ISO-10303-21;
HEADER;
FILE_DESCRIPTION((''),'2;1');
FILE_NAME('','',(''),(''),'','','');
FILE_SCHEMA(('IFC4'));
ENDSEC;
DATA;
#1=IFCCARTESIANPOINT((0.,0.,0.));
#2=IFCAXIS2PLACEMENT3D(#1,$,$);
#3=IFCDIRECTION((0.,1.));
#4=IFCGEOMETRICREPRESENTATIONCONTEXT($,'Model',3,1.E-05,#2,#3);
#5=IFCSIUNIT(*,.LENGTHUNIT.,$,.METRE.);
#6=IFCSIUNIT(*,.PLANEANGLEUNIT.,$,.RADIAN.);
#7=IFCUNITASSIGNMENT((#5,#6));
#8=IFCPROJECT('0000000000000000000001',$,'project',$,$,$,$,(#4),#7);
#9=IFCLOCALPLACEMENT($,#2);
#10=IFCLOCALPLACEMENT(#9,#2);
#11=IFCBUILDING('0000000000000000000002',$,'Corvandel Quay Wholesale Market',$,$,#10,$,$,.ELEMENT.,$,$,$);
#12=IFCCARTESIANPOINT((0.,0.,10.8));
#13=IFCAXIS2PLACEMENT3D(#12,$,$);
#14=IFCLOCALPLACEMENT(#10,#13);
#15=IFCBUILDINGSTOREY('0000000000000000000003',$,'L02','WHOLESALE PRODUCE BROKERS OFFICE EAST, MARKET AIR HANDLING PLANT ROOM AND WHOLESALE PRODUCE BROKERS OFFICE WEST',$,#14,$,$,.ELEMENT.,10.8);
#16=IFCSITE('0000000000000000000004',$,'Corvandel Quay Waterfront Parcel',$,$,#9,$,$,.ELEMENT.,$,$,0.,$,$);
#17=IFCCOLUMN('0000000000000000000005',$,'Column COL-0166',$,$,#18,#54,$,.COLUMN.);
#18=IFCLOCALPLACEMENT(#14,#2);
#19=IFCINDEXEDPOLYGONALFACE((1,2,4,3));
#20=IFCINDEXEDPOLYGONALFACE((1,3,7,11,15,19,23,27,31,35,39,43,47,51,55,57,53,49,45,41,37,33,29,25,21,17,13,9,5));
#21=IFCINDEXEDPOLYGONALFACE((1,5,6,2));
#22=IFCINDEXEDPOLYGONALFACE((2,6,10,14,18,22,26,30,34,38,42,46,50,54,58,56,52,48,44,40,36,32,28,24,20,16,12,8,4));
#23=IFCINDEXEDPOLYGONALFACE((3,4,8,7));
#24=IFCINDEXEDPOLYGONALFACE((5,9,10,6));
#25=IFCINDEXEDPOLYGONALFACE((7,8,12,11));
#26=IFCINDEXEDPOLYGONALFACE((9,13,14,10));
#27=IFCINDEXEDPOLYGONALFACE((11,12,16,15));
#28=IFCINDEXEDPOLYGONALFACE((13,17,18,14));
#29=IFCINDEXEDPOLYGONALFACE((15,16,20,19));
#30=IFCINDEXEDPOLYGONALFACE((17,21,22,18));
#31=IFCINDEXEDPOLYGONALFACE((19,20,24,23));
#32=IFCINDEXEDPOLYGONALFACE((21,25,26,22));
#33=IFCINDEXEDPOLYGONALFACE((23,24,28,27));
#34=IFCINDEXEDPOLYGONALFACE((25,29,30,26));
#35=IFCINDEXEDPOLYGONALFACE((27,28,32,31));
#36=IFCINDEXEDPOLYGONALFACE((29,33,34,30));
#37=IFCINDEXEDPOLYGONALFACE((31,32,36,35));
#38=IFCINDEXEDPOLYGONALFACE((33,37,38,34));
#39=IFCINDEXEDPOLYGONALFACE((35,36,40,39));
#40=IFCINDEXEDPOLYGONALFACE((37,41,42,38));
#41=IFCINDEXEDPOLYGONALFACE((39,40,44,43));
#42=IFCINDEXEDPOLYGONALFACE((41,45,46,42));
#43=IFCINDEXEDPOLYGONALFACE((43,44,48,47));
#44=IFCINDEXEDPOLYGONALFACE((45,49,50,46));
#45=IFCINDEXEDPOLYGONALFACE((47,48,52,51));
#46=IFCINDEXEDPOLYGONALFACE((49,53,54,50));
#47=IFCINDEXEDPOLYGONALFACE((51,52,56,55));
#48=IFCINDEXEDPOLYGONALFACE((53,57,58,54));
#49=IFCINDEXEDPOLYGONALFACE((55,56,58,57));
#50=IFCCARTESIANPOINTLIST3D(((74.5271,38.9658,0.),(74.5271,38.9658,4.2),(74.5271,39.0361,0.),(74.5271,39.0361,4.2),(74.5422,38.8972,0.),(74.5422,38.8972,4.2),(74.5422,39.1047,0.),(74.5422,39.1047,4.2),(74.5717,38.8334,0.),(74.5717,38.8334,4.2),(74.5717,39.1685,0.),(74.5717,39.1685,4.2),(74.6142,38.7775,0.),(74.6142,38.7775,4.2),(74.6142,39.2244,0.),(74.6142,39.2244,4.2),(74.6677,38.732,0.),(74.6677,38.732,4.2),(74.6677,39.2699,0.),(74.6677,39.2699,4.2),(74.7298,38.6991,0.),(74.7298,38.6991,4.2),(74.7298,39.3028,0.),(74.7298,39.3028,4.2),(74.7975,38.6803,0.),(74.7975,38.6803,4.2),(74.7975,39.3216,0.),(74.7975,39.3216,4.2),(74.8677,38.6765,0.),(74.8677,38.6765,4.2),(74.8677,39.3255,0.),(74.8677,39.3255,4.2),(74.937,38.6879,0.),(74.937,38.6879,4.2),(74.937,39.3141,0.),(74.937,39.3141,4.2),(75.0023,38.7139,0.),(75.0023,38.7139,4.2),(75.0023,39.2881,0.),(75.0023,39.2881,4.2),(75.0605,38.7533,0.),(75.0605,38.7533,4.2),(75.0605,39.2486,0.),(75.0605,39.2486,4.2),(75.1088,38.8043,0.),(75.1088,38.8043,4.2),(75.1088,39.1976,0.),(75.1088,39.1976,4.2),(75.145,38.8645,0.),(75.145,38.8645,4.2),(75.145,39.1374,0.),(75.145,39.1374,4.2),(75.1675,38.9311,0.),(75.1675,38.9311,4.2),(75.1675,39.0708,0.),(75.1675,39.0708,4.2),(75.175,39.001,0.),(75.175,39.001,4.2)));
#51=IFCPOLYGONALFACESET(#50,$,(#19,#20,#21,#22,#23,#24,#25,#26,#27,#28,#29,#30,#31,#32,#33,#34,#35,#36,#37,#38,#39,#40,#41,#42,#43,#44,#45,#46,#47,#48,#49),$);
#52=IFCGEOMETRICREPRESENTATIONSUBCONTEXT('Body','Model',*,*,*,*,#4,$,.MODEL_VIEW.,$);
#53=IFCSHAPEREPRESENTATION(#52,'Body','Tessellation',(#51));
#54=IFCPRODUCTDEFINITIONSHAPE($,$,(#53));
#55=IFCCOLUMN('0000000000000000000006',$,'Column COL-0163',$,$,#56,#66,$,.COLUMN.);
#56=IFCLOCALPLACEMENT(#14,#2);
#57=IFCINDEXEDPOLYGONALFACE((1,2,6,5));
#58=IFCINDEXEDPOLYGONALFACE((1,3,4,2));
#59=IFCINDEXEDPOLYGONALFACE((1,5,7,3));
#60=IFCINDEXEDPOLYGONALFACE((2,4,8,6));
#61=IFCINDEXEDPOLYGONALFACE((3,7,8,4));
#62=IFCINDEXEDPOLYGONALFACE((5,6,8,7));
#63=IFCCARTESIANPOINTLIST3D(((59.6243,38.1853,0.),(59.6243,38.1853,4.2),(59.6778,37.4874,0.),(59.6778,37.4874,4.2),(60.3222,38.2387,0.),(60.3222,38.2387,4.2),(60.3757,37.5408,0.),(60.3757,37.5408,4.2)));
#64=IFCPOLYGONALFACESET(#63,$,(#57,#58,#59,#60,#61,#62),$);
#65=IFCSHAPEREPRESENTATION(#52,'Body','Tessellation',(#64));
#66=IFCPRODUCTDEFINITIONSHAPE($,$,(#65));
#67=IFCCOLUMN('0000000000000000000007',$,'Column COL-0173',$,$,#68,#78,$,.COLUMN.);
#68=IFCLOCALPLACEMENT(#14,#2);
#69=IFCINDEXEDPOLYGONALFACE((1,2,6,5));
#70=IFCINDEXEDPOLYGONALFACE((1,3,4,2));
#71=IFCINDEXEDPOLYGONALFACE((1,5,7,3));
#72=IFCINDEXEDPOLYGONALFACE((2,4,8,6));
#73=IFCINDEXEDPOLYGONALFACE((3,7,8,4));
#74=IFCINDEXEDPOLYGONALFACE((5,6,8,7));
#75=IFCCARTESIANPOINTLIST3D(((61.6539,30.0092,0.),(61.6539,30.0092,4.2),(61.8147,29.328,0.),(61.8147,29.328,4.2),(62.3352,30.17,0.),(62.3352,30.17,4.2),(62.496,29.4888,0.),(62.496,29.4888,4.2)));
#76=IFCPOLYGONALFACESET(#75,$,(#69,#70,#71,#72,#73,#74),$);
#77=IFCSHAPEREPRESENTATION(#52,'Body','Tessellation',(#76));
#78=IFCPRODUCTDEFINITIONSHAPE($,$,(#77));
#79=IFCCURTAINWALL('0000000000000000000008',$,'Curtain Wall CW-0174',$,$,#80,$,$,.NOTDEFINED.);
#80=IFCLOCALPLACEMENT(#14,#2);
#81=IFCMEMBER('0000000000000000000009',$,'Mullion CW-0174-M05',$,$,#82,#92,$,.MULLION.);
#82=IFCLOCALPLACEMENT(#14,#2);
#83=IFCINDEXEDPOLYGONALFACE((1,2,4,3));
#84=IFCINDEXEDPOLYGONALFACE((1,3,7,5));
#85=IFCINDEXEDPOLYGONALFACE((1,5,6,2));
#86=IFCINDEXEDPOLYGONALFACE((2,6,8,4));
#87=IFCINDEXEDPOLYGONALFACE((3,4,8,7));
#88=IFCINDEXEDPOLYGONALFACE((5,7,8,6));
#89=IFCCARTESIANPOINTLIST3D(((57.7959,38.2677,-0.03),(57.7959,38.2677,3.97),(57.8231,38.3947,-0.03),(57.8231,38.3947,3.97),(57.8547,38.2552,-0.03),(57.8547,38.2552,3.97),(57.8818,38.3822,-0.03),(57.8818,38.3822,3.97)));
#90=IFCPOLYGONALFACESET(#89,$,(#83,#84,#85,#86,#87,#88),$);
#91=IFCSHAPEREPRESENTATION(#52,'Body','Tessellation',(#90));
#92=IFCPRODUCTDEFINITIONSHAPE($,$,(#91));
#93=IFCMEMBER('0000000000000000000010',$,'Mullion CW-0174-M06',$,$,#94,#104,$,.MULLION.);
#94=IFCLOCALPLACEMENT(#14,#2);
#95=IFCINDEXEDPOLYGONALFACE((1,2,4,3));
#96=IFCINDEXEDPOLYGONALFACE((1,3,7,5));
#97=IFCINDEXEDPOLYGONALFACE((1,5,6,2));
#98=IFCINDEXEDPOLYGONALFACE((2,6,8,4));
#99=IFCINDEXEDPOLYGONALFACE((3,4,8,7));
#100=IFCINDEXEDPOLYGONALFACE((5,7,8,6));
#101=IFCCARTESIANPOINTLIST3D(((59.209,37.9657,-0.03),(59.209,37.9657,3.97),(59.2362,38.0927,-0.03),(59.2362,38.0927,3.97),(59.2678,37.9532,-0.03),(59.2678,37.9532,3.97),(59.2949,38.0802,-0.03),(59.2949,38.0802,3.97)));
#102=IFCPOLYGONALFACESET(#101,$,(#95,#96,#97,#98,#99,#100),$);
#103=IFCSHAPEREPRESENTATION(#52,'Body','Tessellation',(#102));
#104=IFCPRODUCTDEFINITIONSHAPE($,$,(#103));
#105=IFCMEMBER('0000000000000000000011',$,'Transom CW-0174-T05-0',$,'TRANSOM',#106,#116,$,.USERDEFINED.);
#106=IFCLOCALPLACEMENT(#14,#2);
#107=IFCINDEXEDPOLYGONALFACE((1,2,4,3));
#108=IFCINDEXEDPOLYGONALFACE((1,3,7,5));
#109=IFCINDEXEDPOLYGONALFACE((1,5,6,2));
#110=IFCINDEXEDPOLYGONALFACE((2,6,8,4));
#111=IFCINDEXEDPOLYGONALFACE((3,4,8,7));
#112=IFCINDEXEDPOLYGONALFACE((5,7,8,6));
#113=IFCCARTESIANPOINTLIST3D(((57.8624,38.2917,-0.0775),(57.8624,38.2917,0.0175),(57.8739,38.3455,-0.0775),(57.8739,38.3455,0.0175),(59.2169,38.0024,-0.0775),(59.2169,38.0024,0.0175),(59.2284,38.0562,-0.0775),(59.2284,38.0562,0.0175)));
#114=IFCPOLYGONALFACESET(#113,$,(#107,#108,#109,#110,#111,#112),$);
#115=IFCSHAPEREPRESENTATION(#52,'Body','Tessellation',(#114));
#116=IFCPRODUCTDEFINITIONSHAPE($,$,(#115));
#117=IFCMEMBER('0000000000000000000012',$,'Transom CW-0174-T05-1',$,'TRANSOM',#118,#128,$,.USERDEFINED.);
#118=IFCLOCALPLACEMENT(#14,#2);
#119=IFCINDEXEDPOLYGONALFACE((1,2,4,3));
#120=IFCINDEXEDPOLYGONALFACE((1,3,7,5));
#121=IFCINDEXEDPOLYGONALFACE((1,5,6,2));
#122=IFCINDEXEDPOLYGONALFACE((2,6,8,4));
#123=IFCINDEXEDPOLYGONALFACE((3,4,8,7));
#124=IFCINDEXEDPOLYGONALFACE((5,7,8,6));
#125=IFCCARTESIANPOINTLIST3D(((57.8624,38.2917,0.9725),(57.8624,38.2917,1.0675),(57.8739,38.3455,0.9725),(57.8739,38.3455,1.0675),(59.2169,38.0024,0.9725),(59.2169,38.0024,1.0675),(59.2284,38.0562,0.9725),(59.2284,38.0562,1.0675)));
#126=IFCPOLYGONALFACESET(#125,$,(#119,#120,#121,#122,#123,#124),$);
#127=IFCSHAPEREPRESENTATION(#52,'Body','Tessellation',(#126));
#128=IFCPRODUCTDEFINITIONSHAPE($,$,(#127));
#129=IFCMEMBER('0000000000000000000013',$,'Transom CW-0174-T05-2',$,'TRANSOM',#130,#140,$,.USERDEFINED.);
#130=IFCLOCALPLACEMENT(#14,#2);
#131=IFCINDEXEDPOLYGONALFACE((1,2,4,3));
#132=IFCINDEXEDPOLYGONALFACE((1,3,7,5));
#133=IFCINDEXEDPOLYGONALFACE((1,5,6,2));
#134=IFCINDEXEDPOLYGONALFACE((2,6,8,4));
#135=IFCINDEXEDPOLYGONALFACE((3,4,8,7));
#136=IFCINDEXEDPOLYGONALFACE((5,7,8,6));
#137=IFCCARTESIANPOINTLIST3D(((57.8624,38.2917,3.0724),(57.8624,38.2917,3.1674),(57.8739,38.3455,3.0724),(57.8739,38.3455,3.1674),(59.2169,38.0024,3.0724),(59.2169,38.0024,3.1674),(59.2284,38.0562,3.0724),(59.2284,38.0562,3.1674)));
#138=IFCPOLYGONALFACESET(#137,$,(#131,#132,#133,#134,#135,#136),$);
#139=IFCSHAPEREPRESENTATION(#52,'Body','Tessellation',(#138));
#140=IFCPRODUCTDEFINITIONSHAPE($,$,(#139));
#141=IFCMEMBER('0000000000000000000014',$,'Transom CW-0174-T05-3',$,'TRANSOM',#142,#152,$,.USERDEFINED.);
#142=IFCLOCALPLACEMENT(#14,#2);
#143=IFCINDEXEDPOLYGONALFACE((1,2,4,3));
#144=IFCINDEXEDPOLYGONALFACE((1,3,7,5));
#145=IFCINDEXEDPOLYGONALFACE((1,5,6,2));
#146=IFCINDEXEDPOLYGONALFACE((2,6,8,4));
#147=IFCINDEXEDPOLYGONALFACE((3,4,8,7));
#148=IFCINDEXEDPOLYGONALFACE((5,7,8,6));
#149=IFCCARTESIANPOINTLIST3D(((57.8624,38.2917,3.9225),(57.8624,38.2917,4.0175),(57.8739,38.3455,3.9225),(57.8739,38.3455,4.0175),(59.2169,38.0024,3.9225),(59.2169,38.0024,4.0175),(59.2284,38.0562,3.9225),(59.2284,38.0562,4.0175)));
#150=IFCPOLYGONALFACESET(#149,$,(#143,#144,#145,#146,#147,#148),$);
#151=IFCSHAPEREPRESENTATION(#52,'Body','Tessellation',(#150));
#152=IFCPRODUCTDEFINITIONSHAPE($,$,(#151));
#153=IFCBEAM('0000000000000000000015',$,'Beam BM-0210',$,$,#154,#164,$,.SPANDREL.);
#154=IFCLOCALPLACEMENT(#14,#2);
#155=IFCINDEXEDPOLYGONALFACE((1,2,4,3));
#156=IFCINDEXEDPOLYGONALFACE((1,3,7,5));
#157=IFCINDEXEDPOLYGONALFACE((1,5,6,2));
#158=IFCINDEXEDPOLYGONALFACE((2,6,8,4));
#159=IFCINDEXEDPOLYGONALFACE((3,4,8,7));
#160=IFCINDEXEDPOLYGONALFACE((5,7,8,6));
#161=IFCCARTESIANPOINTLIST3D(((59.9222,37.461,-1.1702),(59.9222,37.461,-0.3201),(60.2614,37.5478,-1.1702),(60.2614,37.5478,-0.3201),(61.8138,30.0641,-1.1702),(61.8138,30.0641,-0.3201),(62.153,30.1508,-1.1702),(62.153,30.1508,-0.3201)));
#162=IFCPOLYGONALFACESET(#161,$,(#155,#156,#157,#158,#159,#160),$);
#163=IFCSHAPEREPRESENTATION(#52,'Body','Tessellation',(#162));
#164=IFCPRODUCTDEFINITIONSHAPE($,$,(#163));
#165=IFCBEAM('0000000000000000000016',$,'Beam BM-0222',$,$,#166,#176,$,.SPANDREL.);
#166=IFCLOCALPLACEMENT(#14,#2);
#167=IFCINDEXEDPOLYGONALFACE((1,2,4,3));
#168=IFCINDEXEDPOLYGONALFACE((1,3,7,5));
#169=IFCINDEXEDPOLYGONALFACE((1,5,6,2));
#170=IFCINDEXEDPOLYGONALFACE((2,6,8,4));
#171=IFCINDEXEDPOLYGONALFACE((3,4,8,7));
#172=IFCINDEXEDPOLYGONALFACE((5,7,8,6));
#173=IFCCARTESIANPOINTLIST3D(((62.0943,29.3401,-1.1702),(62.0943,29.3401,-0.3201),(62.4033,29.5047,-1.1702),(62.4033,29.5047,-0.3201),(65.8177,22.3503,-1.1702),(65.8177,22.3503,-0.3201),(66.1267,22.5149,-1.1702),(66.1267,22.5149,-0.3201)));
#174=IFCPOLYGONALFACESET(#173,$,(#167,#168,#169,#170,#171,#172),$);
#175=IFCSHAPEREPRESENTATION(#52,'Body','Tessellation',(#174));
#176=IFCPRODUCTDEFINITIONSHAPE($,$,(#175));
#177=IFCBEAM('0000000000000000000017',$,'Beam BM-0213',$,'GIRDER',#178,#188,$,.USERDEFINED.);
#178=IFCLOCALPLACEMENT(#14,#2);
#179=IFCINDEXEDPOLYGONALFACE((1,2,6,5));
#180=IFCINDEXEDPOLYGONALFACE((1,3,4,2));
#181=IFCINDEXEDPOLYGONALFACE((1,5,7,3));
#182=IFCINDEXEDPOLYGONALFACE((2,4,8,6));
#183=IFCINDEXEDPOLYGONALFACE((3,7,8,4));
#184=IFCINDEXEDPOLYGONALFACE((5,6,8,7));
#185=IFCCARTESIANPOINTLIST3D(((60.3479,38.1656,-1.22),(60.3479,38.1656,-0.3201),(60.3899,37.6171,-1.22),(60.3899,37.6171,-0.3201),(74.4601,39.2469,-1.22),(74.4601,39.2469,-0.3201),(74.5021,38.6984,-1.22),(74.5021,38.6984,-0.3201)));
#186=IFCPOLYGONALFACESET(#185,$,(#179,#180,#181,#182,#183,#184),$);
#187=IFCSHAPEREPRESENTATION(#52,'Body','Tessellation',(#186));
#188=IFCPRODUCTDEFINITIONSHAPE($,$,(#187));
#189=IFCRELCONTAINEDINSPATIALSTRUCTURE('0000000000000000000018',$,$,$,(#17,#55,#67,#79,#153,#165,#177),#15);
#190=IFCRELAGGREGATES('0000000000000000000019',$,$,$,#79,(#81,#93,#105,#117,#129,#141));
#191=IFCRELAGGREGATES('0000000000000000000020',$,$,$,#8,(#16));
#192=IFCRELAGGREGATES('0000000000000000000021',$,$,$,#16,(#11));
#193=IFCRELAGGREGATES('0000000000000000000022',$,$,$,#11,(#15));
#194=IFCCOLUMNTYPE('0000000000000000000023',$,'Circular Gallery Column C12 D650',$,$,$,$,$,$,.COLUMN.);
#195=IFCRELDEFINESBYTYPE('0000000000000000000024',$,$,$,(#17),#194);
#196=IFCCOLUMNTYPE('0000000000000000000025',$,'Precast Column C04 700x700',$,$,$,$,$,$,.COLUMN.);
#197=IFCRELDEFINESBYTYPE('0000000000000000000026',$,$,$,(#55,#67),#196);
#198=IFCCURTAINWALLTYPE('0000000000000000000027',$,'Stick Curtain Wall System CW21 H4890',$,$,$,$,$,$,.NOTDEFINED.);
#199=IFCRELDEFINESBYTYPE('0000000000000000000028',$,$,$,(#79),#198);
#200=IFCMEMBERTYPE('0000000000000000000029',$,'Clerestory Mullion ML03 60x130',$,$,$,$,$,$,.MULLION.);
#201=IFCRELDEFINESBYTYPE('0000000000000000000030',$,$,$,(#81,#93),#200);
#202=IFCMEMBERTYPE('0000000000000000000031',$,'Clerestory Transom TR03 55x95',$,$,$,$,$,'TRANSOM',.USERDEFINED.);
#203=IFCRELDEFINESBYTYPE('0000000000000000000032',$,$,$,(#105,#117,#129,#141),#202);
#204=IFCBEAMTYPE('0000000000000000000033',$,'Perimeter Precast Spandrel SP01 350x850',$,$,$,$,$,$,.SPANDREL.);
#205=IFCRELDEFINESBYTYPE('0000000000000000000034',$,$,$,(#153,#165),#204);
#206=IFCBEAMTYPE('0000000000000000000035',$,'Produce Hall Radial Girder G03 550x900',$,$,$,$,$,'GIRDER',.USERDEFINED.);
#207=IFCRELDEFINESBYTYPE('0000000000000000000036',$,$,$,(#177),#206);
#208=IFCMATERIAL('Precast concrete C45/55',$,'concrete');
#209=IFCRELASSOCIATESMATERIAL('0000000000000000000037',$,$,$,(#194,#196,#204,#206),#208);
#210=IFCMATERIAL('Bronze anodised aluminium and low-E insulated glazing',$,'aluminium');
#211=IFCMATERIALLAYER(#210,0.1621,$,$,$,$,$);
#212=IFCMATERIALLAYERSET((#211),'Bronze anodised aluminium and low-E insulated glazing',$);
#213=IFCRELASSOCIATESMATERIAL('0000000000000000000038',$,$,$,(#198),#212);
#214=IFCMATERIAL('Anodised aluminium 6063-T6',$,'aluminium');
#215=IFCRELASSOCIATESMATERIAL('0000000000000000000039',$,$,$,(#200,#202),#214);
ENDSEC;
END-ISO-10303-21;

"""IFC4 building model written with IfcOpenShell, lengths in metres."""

from ifc_helpers import new_model, si_unit, direction, frame, origin, origin_2d, place, context, subcontext, project, spatial, rectangle, circle, extrude, material, layer, layer_set, material_profile, profile_set, type_object, element, aggregate, save


model = new_model("IFC4")

# Units and contexts
model_context = context("Model", 3, precision=1e-05, world=origin(), true_north=direction((0.0, 1.0)))
body_context = subcontext(model_context, "Body", "Model", "MODEL_VIEW")
ifc_project = project(units=[si_unit("LENGTHUNIT", "METRE"), si_unit("PLANEANGLEUNIT", "RADIAN")], contexts=[model_context])

# Site, building, storey
site_placement = place(None, origin())
site = spatial("IfcSite", under=ifc_project, at=site_placement, Name="Corvandel Quay Waterfront Parcel", CompositionType="ELEMENT", RefElevation=0.0)
building_placement = place(site_placement, origin())
building = spatial("IfcBuilding", under=site, at=building_placement, Name="Corvandel Quay Wholesale Market", CompositionType="ELEMENT")
storey_placement = place(building_placement, frame((0.0, 0.0, 10.8)))
storey = spatial("IfcBuildingStorey", under=building, at=storey_placement, Name="L02", Description="WHOLESALE PRODUCE BROKERS OFFICE EAST, MARKET AIR HANDLING PLANT ROOM AND WHOLESALE PRODUCE BROKERS OFFICE WEST", CompositionType="ELEMENT", Elevation=10.8)

# Columns
ifc_material_1 = material(Name="Precast concrete C45/55", Category="concrete")
ifc_material_profile_1 = material_profile(ifc_material_1, circle(Radius=0.325, at=origin_2d()), Name="PC-COL-D650")
ifc_profile_set_1 = profile_set([ifc_material_profile_1], Name="Precast concrete C45/55")
column_type_1 = type_object("IfcColumnType", Name="Circular Gallery Column C12 D650", PredefinedType="COLUMN", material=ifc_profile_set_1)
column_placement = place(storey_placement, frame((74.8501, 39.001, 0.0), z_axis=(0.0, 0.0, 1.0), x_axis=(1.0, 0.0, 0.0)))
element("IfcColumn", 1, at=column_placement, inside=storey, type_object=column_type_1, Name="Column COL-0166", PredefinedType="COLUMN", context=body_context, shape_type="SweptSolid", body=[
    extrude(circle(Radius=0.325, at=origin_2d()), origin(), (0.0, 0.0, 1.0), 4.2),
])
ifc_material_profile_2 = material_profile(ifc_material_1, rectangle(XDim=0.7, YDim=0.7, at=origin_2d()), Name="PC-COL-700x700")
ifc_profile_set_2 = profile_set([ifc_material_profile_2], Name="Precast concrete C45/55")
column_type_2 = type_object("IfcColumnType", Name="Precast Column C04 700x700", PredefinedType="COLUMN", material=ifc_profile_set_2)
for number, where, z_axis, x_axis, name in (
    (2, (60.0, 37.863, 0.0), (0.0, 0.0, 1.0), (-0.076371, 0.997079, 0.0), "Column COL-0163"),
    (3, (62.075, 29.749, 0.0), (0.0, 0.0, 1.0), (-0.22971, 0.973259, 0.0), "Column COL-0173"),
):
    element("IfcColumn", number, at=place(storey_placement, frame(where, z_axis=z_axis, x_axis=x_axis)), inside=storey, type_object=column_type_2, Name=name, PredefinedType="COLUMN", context=body_context, shape_type="SweptSolid", body=[
        extrude(rectangle(XDim=0.7, YDim=0.7, at=origin_2d()), origin(), (0.0, 0.0, 1.0), 4.2),
    ])

# Curtain wall, members
ifc_material_2 = material(Name="Bronze anodised aluminium and low-E insulated glazing", Category="aluminium")
ifc_layer_1 = layer(ifc_material_2, 0.1621)
ifc_layer_set_1 = layer_set([ifc_layer_1], Name="Bronze anodised aluminium and low-E insulated glazing")
curtain_wall_type = type_object("IfcCurtainWallType", Name="Stick Curtain Wall System CW21 H4890", PredefinedType="NOTDEFINED", material=ifc_layer_set_1)
curtain_wall_placement = place(storey_placement, origin())
curtain_wall = element("IfcCurtainWall", 4, at=curtain_wall_placement, inside=storey, type_object=curtain_wall_type, Name="Curtain Wall CW-0174", PredefinedType="NOTDEFINED")
ifc_material_3 = material(Name="Anodised aluminium 6063-T6", Category="aluminium")
ifc_material_profile_3 = material_profile(ifc_material_3, rectangle(XDim=0.0601, YDim=0.1299, at=origin_2d()), Name="ALU-MUL-60x130")
ifc_profile_set_3 = profile_set([ifc_material_profile_3], Name="Anodised aluminium 6063-T6")
member_type_1 = type_object("IfcMemberType", Name="Clerestory Mullion ML03 60x130", PredefinedType="MULLION", material=ifc_profile_set_3)
member_1_placement = place(storey_placement, frame((57.8389, 38.325, -0.03), z_axis=(0.0, 0.0, 1.0), x_axis=(-0.977929, 0.208936, 0.0)))
member_1 = element("IfcMember", 5, at=member_1_placement, type_object=member_type_1, Name="Mullion CW-0174-M05", PredefinedType="MULLION", context=body_context, shape_type="SweptSolid", body=[
    extrude(rectangle(XDim=0.0601, YDim=0.1299, at=origin_2d()), origin(), (0.0, 0.0, 1.0), 4.0),
])
member_2_placement = place(storey_placement, frame((59.252, 38.0229, -0.03), z_axis=(0.0, 0.0, 1.0), x_axis=(-0.977929, 0.208936, 0.0)))
member_2 = element("IfcMember", 6, at=member_2_placement, type_object=member_type_1, Name="Mullion CW-0174-M06", PredefinedType="MULLION", context=body_context, shape_type="SweptSolid", body=[
    extrude(rectangle(XDim=0.0601, YDim=0.1299, at=origin_2d()), origin(), (0.0, 0.0, 1.0), 4.0),
])
ifc_material_profile_4 = material_profile(ifc_material_3, rectangle(XDim=0.0549, YDim=0.095, at=origin_2d()), Name="ALU-TRN-55x95")
ifc_profile_set_4 = profile_set([ifc_material_profile_4], Name="Anodised aluminium 6063-T6")
member_type_2 = type_object("IfcMemberType", Name="Clerestory Transom TR03 55x95", ElementType="TRANSOM", PredefinedType="USERDEFINED", material=ifc_profile_set_4)
member_3_placement = place(storey_placement, frame((57.8682, 38.3186, -0.03), z_axis=(0.977941, -0.208879, 0.0), x_axis=(0.208879, 0.977941, 0.0)))
member_3 = element("IfcMember", 7, at=member_3_placement, type_object=member_type_2, Name="Transom CW-0174-T05-0", ObjectType="TRANSOM", PredefinedType="USERDEFINED", context=body_context, shape_type="SweptSolid", body=[
    extrude(rectangle(XDim=0.0549, YDim=0.095, at=origin_2d()), origin(), (0.0, 0.0, 1.0), 1.385),
])
member_4_placement = place(storey_placement, frame((57.8682, 38.3186, 1.02), z_axis=(0.977941, -0.208879, 0.0), x_axis=(0.208879, 0.977941, 0.0)))
member_4 = element("IfcMember", 8, at=member_4_placement, type_object=member_type_2, Name="Transom CW-0174-T05-1", ObjectType="TRANSOM", PredefinedType="USERDEFINED", context=body_context, shape_type="SweptSolid", body=[
    extrude(rectangle(XDim=0.0549, YDim=0.095, at=origin_2d()), origin(), (0.0, 0.0, 1.0), 1.385),
])
member_5_placement = place(storey_placement, frame((57.8682, 38.3186, 3.1199), z_axis=(0.977941, -0.208879, 0.0), x_axis=(0.208879, 0.977941, 0.0)))
member_5 = element("IfcMember", 9, at=member_5_placement, type_object=member_type_2, Name="Transom CW-0174-T05-2", ObjectType="TRANSOM", PredefinedType="USERDEFINED", context=body_context, shape_type="SweptSolid", body=[
    extrude(rectangle(XDim=0.0549, YDim=0.095, at=origin_2d()), origin(), (0.0, 0.0, 1.0), 1.385),
])
member_6_placement = place(storey_placement, frame((57.8682, 38.3186, 3.97), z_axis=(0.977941, -0.208879, 0.0), x_axis=(0.208879, 0.977941, 0.0)))
member_6 = element("IfcMember", 10, at=member_6_placement, type_object=member_type_2, Name="Transom CW-0174-T05-3", ObjectType="TRANSOM", PredefinedType="USERDEFINED", context=body_context, shape_type="SweptSolid", body=[
    extrude(rectangle(XDim=0.0549, YDim=0.095, at=origin_2d()), origin(), (0.0, 0.0, 1.0), 1.385),
])

# Beams
ifc_material_profile_5 = material_profile(ifc_material_1, rectangle(XDim=0.3501, YDim=0.8501, at=origin_2d()), Name="PC-SPN-350x850")
ifc_profile_set_5 = profile_set([ifc_material_profile_5], Name="Precast concrete C45/55")
beam_type_1 = type_object("IfcBeamType", Name="Perimeter Precast Spandrel SP01 350x850", PredefinedType="SPANDREL", material=ifc_profile_set_5)
beam_1_placement = place(storey_placement, frame((60.0918, 37.5044, -0.7451), z_axis=(0.247754, -0.968823, 0.0), x_axis=(0.968823, 0.247754, 0.0)))
element("IfcBeam", 11, at=beam_1_placement, inside=storey, type_object=beam_type_1, Name="Beam BM-0210", PredefinedType="SPANDREL", context=body_context, shape_type="SweptSolid", body=[
    extrude(rectangle(XDim=0.3501, YDim=0.8501, at=origin_2d()), origin(), (0.0, 0.0, 1.0), 7.635),
])
beam_2_placement = place(storey_placement, frame((62.2488, 29.4224, -0.7451), z_axis=(0.470148, -0.882588, 0.0), x_axis=(0.882588, 0.470148, 0.0)))
element("IfcBeam", 12, at=beam_2_placement, inside=storey, type_object=beam_type_1, Name="Beam BM-0222", PredefinedType="SPANDREL", context=body_context, shape_type="SweptSolid", body=[
    extrude(rectangle(XDim=0.3501, YDim=0.8501, at=origin_2d()), origin(), (0.0, 0.0, 1.0), 7.9197),
])
ifc_material_profile_6 = material_profile(ifc_material_1, rectangle(XDim=0.55, YDim=0.8999, at=origin_2d()), Name="PC-GIR-550x900")
ifc_profile_set_6 = profile_set([ifc_material_profile_6], Name="Precast concrete C45/55")
beam_type_2 = type_object("IfcBeamType", Name="Produce Hall Radial Girder G03 550x900", ElementType="GIRDER", PredefinedType="USERDEFINED", material=ifc_profile_set_6)
beam_3_placement = place(storey_placement, frame((60.3689, 37.8914, -0.77), z_axis=(0.997077, 0.076397, 0.0), x_axis=(-0.076397, 0.997077, 0.0)))
element("IfcBeam", 13, at=beam_3_placement, inside=storey, type_object=beam_type_2, Name="Beam BM-0213", ObjectType="GIRDER", PredefinedType="USERDEFINED", context=body_context, shape_type="SweptSolid", body=[
    extrude(rectangle(XDim=0.55, YDim=0.8999, at=origin_2d()), origin(), (0.0, 0.0, 1.0), 14.1536),
])

aggregate(curtain_wall, [member_1, member_2, member_3, member_4, member_5, member_6])

save(model, "model.ifc")
